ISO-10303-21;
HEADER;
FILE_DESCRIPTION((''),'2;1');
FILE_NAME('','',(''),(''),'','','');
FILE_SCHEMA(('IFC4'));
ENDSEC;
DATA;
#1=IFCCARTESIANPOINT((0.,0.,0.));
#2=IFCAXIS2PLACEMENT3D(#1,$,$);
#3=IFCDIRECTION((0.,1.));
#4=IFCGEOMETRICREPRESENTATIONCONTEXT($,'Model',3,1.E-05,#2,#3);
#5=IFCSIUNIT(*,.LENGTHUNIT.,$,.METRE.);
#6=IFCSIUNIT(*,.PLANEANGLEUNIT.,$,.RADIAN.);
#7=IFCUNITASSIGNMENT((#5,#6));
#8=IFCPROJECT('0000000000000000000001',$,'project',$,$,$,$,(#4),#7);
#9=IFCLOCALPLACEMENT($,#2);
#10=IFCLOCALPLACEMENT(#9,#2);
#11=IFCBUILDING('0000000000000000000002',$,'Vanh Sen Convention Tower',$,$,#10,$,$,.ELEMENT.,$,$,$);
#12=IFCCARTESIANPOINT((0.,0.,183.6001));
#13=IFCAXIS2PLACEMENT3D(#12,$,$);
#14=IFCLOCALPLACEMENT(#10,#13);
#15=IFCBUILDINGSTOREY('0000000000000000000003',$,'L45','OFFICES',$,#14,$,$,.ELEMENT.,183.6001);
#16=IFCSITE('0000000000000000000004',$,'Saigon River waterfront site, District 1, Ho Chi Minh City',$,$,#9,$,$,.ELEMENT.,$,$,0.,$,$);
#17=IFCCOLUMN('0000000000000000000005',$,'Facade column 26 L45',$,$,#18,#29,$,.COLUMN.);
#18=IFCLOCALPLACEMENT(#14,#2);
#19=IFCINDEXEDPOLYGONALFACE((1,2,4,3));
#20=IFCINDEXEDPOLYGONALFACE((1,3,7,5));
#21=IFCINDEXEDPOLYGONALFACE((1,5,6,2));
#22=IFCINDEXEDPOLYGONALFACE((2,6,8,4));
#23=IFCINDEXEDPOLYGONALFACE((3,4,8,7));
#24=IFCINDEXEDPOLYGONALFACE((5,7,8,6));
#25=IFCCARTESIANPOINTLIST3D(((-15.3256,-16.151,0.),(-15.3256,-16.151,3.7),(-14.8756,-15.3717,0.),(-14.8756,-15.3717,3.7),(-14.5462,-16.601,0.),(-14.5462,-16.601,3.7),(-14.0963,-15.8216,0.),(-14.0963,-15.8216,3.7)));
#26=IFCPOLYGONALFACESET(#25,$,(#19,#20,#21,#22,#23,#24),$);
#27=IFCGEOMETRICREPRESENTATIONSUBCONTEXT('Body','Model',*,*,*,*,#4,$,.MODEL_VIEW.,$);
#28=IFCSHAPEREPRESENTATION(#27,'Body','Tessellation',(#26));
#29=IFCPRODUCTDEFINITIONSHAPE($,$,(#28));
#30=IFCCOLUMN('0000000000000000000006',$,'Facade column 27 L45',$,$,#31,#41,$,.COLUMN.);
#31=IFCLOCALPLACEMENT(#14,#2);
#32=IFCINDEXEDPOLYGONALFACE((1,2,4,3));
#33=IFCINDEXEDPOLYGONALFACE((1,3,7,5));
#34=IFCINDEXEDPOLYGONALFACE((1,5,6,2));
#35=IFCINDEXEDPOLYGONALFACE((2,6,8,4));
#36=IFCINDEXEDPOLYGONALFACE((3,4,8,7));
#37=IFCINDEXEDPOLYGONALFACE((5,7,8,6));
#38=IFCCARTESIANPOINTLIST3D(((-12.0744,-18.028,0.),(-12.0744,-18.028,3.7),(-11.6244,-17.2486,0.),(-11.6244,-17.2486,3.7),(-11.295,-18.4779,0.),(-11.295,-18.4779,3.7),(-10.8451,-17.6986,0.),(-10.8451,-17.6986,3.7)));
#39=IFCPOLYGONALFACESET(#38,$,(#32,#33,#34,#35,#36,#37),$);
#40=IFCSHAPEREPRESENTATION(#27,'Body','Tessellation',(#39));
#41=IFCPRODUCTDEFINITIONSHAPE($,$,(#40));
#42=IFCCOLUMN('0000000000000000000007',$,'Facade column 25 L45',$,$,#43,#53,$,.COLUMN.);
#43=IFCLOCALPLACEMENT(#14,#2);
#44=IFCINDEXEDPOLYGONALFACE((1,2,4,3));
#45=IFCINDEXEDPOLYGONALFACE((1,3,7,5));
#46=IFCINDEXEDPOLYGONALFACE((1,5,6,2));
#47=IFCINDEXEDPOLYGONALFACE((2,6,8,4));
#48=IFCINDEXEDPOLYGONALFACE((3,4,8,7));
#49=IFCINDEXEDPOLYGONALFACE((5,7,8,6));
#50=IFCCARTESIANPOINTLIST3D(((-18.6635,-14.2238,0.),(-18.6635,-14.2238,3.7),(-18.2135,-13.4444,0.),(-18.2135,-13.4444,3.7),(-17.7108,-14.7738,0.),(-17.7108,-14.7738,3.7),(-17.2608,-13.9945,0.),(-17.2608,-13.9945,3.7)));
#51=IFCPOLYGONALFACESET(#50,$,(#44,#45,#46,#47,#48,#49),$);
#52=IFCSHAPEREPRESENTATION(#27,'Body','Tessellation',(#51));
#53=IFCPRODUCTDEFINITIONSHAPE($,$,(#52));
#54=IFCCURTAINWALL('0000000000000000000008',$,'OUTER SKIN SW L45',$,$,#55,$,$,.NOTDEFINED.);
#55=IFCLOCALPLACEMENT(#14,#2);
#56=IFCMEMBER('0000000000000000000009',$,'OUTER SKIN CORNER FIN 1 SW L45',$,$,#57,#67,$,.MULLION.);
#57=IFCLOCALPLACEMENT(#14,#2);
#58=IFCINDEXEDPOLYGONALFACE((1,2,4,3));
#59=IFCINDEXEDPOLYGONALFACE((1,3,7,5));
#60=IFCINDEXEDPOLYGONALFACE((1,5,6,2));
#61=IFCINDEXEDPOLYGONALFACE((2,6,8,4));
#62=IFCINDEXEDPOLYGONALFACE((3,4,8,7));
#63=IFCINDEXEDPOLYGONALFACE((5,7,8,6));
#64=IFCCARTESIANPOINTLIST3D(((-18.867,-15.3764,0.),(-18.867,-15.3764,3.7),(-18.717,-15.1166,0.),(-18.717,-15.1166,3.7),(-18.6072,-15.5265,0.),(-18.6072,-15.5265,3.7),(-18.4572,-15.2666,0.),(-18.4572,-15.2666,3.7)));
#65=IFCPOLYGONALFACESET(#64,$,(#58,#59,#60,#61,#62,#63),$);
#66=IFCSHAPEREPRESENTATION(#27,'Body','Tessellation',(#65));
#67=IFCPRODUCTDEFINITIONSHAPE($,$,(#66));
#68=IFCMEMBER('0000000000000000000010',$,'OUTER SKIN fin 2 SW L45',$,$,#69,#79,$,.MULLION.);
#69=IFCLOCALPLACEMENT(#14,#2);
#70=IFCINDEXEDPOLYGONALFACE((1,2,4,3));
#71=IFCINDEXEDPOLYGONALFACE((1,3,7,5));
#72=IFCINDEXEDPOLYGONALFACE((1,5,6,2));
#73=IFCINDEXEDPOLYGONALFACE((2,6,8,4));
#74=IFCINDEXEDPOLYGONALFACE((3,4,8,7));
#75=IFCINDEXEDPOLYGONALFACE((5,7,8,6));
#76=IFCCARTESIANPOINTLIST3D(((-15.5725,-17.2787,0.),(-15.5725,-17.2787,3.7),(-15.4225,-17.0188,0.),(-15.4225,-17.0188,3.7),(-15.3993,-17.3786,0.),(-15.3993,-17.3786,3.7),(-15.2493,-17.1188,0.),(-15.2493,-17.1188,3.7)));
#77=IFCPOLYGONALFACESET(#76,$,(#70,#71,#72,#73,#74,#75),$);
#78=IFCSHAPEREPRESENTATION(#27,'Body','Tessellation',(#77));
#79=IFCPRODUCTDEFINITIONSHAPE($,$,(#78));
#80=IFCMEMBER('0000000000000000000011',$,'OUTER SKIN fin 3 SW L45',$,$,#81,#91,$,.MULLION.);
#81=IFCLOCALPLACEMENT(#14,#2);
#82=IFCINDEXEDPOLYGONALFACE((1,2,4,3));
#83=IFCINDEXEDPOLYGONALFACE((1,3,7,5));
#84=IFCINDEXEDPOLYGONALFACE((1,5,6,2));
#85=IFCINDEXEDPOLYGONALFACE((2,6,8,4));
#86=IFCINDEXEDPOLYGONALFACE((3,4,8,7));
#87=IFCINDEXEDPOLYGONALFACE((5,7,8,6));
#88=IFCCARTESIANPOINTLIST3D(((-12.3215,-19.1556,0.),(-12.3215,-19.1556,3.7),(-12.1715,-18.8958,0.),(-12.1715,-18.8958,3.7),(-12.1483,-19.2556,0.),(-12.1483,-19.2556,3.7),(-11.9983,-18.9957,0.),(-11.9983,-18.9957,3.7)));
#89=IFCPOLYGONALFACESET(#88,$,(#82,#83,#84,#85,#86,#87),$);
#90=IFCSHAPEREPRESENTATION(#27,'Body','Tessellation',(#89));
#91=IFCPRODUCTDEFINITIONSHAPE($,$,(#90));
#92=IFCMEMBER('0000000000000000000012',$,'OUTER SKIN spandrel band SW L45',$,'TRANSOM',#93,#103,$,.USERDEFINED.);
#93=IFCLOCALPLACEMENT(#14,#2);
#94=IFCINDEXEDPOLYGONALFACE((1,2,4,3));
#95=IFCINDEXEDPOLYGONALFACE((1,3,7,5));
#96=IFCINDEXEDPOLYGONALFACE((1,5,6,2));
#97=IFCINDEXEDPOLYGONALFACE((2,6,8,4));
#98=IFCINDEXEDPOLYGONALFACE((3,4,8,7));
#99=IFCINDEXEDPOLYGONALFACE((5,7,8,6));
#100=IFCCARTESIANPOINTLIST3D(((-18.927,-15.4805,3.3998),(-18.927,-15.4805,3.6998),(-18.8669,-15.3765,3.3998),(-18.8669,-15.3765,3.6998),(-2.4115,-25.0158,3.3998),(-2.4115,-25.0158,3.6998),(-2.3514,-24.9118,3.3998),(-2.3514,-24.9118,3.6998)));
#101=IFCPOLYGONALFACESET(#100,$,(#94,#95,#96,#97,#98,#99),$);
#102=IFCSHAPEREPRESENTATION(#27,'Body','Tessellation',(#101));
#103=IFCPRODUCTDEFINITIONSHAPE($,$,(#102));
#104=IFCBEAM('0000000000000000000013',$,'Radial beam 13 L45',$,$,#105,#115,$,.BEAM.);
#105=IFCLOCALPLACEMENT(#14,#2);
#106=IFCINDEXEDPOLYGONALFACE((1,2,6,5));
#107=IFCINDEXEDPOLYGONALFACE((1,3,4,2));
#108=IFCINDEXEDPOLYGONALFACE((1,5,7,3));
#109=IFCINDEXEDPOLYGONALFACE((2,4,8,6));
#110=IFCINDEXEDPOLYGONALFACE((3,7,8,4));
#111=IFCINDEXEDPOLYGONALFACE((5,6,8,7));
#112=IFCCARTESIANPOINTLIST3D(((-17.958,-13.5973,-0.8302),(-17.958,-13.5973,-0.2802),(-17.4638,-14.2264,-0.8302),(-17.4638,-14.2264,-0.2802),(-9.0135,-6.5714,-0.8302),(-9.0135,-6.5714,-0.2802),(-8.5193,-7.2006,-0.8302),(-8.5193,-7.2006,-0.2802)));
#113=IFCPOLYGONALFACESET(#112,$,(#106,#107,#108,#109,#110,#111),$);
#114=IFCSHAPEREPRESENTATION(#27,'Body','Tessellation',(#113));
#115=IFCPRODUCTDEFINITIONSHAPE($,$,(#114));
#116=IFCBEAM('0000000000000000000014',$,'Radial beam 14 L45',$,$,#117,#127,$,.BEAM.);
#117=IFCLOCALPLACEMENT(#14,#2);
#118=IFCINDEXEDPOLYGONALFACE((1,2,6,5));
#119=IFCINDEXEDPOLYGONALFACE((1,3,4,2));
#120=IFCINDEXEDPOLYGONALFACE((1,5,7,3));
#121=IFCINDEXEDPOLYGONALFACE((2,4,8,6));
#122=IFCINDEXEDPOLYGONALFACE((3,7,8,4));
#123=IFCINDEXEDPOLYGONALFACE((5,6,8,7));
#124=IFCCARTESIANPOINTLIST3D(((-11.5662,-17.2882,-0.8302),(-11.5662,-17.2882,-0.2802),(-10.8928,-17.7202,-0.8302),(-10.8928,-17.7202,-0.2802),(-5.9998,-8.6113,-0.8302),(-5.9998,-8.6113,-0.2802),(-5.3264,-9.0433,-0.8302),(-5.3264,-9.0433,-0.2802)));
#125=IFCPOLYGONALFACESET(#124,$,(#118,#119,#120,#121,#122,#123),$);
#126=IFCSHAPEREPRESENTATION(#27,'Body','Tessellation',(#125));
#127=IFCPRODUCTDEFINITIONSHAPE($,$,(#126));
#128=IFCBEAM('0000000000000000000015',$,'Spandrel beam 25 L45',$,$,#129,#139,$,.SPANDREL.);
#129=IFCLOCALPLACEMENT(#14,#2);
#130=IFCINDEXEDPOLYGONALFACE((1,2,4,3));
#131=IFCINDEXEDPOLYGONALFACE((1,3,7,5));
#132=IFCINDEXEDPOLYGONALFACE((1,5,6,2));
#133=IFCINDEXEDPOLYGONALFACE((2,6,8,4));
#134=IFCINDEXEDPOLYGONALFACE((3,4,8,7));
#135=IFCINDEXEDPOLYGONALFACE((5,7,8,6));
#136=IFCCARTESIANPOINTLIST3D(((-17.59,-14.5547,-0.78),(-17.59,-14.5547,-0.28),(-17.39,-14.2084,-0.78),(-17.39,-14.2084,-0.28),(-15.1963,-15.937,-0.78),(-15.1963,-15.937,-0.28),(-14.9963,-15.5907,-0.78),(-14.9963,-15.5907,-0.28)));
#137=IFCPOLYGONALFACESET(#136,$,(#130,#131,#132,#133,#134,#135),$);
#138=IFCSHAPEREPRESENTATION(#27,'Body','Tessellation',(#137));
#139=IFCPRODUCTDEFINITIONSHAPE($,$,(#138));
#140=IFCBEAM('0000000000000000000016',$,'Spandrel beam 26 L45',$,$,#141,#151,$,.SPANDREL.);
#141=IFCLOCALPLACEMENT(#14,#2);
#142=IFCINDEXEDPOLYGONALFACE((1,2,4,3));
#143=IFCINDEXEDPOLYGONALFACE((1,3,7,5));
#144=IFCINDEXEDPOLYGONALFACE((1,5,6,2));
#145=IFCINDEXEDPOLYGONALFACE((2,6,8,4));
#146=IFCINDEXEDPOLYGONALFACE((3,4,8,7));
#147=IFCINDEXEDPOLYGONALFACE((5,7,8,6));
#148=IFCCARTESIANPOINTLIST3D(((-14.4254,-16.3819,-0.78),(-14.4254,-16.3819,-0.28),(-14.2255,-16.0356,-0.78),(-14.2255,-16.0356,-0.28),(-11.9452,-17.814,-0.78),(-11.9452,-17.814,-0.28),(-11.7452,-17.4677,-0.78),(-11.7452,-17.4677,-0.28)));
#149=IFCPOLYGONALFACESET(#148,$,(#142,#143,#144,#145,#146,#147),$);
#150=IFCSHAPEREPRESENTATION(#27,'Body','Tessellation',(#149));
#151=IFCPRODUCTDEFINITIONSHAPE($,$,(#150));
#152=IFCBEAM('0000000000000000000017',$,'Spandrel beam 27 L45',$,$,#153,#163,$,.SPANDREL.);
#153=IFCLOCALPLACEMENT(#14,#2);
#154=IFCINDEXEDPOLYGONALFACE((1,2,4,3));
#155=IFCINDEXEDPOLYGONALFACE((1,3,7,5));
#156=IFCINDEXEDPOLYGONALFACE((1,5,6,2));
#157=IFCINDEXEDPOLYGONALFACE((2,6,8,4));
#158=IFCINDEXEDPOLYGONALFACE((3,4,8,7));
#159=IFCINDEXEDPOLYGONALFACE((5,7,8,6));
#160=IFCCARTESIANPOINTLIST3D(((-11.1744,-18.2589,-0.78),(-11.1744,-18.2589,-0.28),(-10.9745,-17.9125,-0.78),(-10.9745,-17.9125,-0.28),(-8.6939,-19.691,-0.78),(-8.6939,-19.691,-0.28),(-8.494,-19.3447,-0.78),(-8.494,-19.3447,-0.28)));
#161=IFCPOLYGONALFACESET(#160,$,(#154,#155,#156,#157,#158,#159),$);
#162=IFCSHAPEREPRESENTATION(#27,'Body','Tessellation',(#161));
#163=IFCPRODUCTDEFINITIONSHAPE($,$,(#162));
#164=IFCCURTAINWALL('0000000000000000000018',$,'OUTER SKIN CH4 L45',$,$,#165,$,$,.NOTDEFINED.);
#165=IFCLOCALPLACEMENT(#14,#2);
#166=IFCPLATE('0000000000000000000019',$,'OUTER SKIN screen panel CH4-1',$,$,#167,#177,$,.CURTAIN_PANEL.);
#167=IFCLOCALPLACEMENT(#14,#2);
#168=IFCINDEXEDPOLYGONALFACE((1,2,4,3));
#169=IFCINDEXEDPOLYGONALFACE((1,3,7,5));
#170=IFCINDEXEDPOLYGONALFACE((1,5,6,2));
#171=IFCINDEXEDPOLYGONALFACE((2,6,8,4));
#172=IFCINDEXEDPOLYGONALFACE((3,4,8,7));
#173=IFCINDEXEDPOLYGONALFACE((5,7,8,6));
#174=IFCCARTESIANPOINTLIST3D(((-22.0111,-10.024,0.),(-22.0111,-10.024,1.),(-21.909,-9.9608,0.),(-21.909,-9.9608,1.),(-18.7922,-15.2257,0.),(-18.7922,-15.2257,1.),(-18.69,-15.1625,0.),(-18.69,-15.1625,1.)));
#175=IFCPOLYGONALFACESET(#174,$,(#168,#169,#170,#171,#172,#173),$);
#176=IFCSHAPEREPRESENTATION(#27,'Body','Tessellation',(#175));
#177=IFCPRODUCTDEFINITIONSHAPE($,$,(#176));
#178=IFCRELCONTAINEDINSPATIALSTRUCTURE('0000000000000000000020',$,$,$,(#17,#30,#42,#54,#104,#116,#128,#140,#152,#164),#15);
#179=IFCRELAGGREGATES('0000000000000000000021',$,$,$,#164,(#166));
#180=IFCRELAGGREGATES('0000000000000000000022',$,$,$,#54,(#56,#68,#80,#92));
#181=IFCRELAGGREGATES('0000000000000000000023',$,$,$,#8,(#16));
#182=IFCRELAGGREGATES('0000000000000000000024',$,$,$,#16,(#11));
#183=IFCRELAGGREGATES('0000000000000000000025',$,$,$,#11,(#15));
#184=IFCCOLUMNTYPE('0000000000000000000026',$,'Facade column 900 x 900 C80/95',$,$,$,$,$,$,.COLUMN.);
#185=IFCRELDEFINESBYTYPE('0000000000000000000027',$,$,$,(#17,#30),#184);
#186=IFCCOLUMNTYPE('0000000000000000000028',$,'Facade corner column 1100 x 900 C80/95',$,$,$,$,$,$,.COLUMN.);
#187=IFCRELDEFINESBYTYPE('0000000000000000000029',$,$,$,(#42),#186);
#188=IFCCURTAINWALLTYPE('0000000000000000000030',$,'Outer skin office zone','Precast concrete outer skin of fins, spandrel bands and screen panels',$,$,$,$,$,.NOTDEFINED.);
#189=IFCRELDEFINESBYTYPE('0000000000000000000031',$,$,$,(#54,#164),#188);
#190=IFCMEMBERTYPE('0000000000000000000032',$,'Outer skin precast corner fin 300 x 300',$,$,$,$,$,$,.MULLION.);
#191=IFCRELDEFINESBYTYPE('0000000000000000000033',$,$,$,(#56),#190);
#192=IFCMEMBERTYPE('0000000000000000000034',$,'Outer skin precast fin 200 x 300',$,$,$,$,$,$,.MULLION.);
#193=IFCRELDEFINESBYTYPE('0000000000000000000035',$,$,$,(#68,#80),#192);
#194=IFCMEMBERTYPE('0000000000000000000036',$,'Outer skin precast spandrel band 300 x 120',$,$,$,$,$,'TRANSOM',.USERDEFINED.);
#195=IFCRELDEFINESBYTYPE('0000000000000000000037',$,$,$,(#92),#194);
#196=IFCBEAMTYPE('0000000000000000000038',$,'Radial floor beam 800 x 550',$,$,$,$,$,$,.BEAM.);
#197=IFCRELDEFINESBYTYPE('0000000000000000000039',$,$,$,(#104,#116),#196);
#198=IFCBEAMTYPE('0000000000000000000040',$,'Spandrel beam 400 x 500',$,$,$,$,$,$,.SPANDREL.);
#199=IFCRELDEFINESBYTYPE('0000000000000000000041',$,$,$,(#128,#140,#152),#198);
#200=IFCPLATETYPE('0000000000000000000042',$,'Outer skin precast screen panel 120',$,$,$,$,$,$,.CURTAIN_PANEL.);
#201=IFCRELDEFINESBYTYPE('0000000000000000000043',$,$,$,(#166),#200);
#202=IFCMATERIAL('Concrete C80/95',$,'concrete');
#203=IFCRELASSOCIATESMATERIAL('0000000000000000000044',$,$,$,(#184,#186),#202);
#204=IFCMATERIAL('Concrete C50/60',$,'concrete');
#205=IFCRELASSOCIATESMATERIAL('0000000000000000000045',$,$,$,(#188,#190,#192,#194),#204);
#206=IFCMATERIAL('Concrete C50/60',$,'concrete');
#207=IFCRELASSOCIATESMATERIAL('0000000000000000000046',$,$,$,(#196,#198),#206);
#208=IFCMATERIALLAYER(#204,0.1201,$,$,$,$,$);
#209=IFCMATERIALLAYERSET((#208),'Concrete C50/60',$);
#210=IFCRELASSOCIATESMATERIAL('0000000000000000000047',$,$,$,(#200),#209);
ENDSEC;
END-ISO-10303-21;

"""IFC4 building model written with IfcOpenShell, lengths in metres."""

from ifc_helpers import new_model, si_unit, direction, frame, origin, origin_2d, place, context, subcontext, project, spatial, rectangle, extrude, material, layer, layer_set, material_profile, profile_set, type_object, element, aggregate, save


model = new_model("IFC4")

# Units and contexts
model_context = context("Model", 3, precision=1e-05, world=origin(), true_north=direction((0.0, 1.0)))
body_context = subcontext(model_context, "Body", "Model", "MODEL_VIEW")
ifc_project = project(units=[si_unit("LENGTHUNIT", "METRE"), si_unit("PLANEANGLEUNIT", "RADIAN")], contexts=[model_context])

# Site, building, storey
site_placement = place(None, origin())
site = spatial("IfcSite", under=ifc_project, at=site_placement, Name="Saigon River waterfront site, District 1, Ho Chi Minh City", CompositionType="ELEMENT", RefElevation=0.0)
building_placement = place(site_placement, origin())
building = spatial("IfcBuilding", under=site, at=building_placement, Name="Vanh Sen Convention Tower", CompositionType="ELEMENT")
storey_placement = place(building_placement, frame((0.0, 0.0, 183.6001)))
storey = spatial("IfcBuildingStorey", under=building, at=storey_placement, Name="L45", Description="OFFICES", CompositionType="ELEMENT", Elevation=183.6001)

# Columns
ifc_material_1 = material(Name="Concrete C80/95", Category="concrete")
ifc_material_profile_1 = material_profile(ifc_material_1, rectangle(XDim=0.8999, YDim=0.8999, at=origin_2d()), Name="RC 900X900")
ifc_profile_set_1 = profile_set([ifc_material_profile_1], Name="Concrete C80/95")
column_type_1 = type_object("IfcColumnType", Name="Facade column 900 x 900 C80/95", PredefinedType="COLUMN", material=ifc_profile_set_1)
for number, where, z_axis, x_axis, name in (
    (1, (-14.7109, -15.9863, 0.0), (0.0, 0.0, 1.0), (0.866025, -0.5, 0.0), "Facade column 26 L45"),
    (2, (-11.4597, -17.8633, 0.0), (0.0, 0.0, 1.0), (0.866025, -0.5, 0.0), "Facade column 27 L45"),
):
    element("IfcColumn", number, at=place(storey_placement, frame(where, z_axis=z_axis, x_axis=x_axis)), inside=storey, type_object=column_type_1, Name=name, PredefinedType="COLUMN", context=body_context, shape_type="SweptSolid", body=[
        extrude(rectangle(XDim=0.8999, YDim=0.8999, at=origin_2d()), origin(), (0.0, 0.0, 1.0), 3.7),
    ])
ifc_material_profile_2 = material_profile(ifc_material_1, rectangle(XDim=1.1001, YDim=0.8999, at=origin_2d()), Name="RC 1100X900")
ifc_profile_set_2 = profile_set([ifc_material_profile_2], Name="Concrete C80/95")
column_type_2 = type_object("IfcColumnType", Name="Facade corner column 1100 x 900 C80/95", PredefinedType="COLUMN", material=ifc_profile_set_2)
column_placement = place(storey_placement, frame((-17.9622, -14.1091, 0.0), z_axis=(0.0, 0.0, 1.0), x_axis=(0.866025, -0.5, 0.0)))
element("IfcColumn", 3, at=column_placement, inside=storey, type_object=column_type_2, Name="Facade column 25 L45", PredefinedType="COLUMN", context=body_context, shape_type="SweptSolid", body=[
    extrude(rectangle(XDim=1.1001, YDim=0.8999, at=origin_2d()), origin(), (0.0, 0.0, 1.0), 3.7),
])

# Curtain wall, members
ifc_material_2 = material(Name="Concrete C50/60", Category="concrete")
curtain_wall_type = type_object("IfcCurtainWallType", Name="Outer skin office zone", Description="Precast concrete outer skin of fins, spandrel bands and screen panels", PredefinedType="NOTDEFINED", material=ifc_material_2)
curtain_wall_1_placement = place(storey_placement, origin())
curtain_wall_1 = element("IfcCurtainWall", 4, at=curtain_wall_1_placement, inside=storey, type_object=curtain_wall_type, Name="OUTER SKIN SW L45", PredefinedType="NOTDEFINED")
ifc_material_profile_3 = material_profile(ifc_material_2, rectangle(XDim=0.3, YDim=0.3, at=origin_2d()), Name="Outer skin precast corner fin 300 x 300")
ifc_profile_set_3 = profile_set([ifc_material_profile_3], Name="Concrete C50/60")
member_type_1 = type_object("IfcMemberType", Name="Outer skin precast corner fin 300 x 300", PredefinedType="MULLION", material=ifc_profile_set_3)
member_1_placement = place(storey_placement, frame((-18.6621, -15.3215, 0.0), z_axis=(0.0, 0.0, 1.0), x_axis=(0.866025, -0.5, 0.0)))
member_1 = element("IfcMember", 5, at=member_1_placement, type_object=member_type_1, Name="OUTER SKIN CORNER FIN 1 SW L45", PredefinedType="MULLION", context=body_context, shape_type="SweptSolid", body=[
    extrude(rectangle(XDim=0.3, YDim=0.3, at=origin_2d()), origin(), (0.0, 0.0, 1.0), 3.7),
])
ifc_material_profile_4 = material_profile(ifc_material_2, rectangle(XDim=0.2, YDim=0.3, at=origin_2d()), Name="Outer skin precast fin 200 x 300")
ifc_profile_set_4 = profile_set([ifc_material_profile_4], Name="Concrete C50/60")
member_type_2 = type_object("IfcMemberType", Name="Outer skin precast fin 200 x 300", PredefinedType="MULLION", material=ifc_profile_set_4)
member_2_placement = place(storey_placement, frame((-15.4109, -17.1987, 0.0), z_axis=(0.0, 0.0, 1.0), x_axis=(0.866025, -0.5, 0.0)))
member_2 = element("IfcMember", 6, at=member_2_placement, type_object=member_type_2, Name="OUTER SKIN fin 2 SW L45", PredefinedType="MULLION", context=body_context, shape_type="SweptSolid", body=[
    extrude(rectangle(XDim=0.2, YDim=0.3, at=origin_2d()), origin(), (0.0, 0.0, 1.0), 3.7),
])
member_3_placement = place(storey_placement, frame((-12.1599, -19.0757, 0.0), z_axis=(0.0, 0.0, 1.0), x_axis=(0.866025, -0.5, 0.0)))
member_3 = element("IfcMember", 7, at=member_3_placement, type_object=member_type_2, Name="OUTER SKIN fin 3 SW L45", PredefinedType="MULLION", context=body_context, shape_type="SweptSolid", body=[
    extrude(rectangle(XDim=0.2, YDim=0.3, at=origin_2d()), origin(), (0.0, 0.0, 1.0), 3.7),
])
ifc_material_profile_5 = material_profile(ifc_material_2, rectangle(XDim=0.1201, YDim=0.3, at=origin_2d()), Name="Outer skin precast spandrel band 300 x 120")
ifc_profile_set_5 = profile_set([ifc_material_profile_5], Name="Concrete C50/60")
member_type_3 = type_object("IfcMemberType", Name="Outer skin precast spandrel band 300 x 120", ElementType="TRANSOM", PredefinedType="USERDEFINED", material=ifc_profile_set_5)
member_4_placement = place(storey_placement, frame((-18.897, -15.4285, 3.5498), z_axis=(0.866023, -0.500004, 0.0), x_axis=(0.500004, 0.866023, 0.0)))
member_4 = element("IfcMember", 8, at=member_4_placement, type_object=member_type_3, Name="OUTER SKIN spandrel band SW L45", ObjectType="TRANSOM", PredefinedType="USERDEFINED", context=body_context, shape_type="SweptSolid", body=[
    extrude(rectangle(XDim=0.1201, YDim=0.3, at=origin_2d()), origin(), (0.0, 0.0, 1.0), 19.0706),
])

# Beams
ifc_material_3 = material(Name="Concrete C50/60", Category="concrete")
ifc_material_profile_6 = material_profile(ifc_material_3, rectangle(XDim=0.8, YDim=0.55, at=origin_2d()), Name="RC 800X550")
ifc_profile_set_6 = profile_set([ifc_material_profile_6], Name="Concrete C50/60")
beam_type_1 = type_object("IfcBeamType", Name="Radial floor beam 800 x 550", PredefinedType="BEAM", material=ifc_profile_set_6)
beam_1_placement = place(storey_placement, frame((-17.7109, -13.9119, -0.5552), z_axis=(0.786404, 0.617713, 0.0), x_axis=(-0.617713, 0.786404, 0.0)))
element("IfcBeam", 9, at=beam_1_placement, inside=storey, type_object=beam_type_1, Name="Radial beam 13 L45", PredefinedType="BEAM", context=body_context, shape_type="SweptSolid", body=[
    extrude(rectangle(XDim=0.8, YDim=0.55, at=origin_2d()), origin(), (0.0, 0.0, 1.0), 11.374),
])
beam_2_placement = place(storey_placement, frame((-11.2295, -17.5042, -0.5552), z_axis=(0.539967, 0.841686, 0.0), x_axis=(-0.841686, 0.539967, 0.0)))
element("IfcBeam", 10, at=beam_2_placement, inside=storey, type_object=beam_type_1, Name="Radial beam 14 L45", PredefinedType="BEAM", context=body_context, shape_type="SweptSolid", body=[
    extrude(rectangle(XDim=0.8, YDim=0.55, at=origin_2d()), origin(), (0.0, 0.0, 1.0), 10.3088),
])
ifc_material_profile_7 = material_profile(ifc_material_3, rectangle(XDim=0.3999, YDim=0.5, at=origin_2d()), Name="RC 400X500")
ifc_profile_set_7 = profile_set([ifc_material_profile_7], Name="Concrete C50/60")
beam_type_2 = type_object("IfcBeamType", Name="Spandrel beam 400 x 500", PredefinedType="SPANDREL", material=ifc_profile_set_7)
beam_3_placement = place(storey_placement, frame((-17.49, -14.3816, -0.53), z_axis=(0.865984, -0.500072, 0.0), x_axis=(0.500072, 0.865984, 0.0)))
element("IfcBeam", 11, at=beam_3_placement, inside=storey, type_object=beam_type_2, Name="Spandrel beam 25 L45", PredefinedType="SPANDREL", context=body_context, shape_type="SweptSolid", body=[
    extrude(rectangle(XDim=0.3999, YDim=0.5, at=origin_2d()), origin(), (0.0, 0.0, 1.0), 2.7642),
])
beam_4_placement = place(storey_placement, frame((-14.3254, -16.2087, -0.53), z_axis=(0.866, -0.500045, 0.0), x_axis=(0.500045, 0.866, 0.0)))
element("IfcBeam", 12, at=beam_4_placement, inside=storey, type_object=beam_type_2, Name="Spandrel beam 26 L45", PredefinedType="SPANDREL", context=body_context, shape_type="SweptSolid", body=[
    extrude(rectangle(XDim=0.3999, YDim=0.5, at=origin_2d()), origin(), (0.0, 0.0, 1.0), 2.864),
])
beam_5_placement = place(storey_placement, frame((-11.0745, -18.0857, -0.53), z_axis=(0.866021, -0.500008, 0.0), x_axis=(0.500008, 0.866021, 0.0)))
element("IfcBeam", 13, at=beam_5_placement, inside=storey, type_object=beam_type_2, Name="Spandrel beam 27 L45", PredefinedType="SPANDREL", context=body_context, shape_type="SweptSolid", body=[
    extrude(rectangle(XDim=0.3999, YDim=0.5, at=origin_2d()), origin(), (0.0, 0.0, 1.0), 2.8643),
])

# Curtain wall, plate
curtain_wall_2_placement = place(storey_placement, origin())
curtain_wall_2 = element("IfcCurtainWall", 14, at=curtain_wall_2_placement, inside=storey, type_object=curtain_wall_type, Name="OUTER SKIN CH4 L45", PredefinedType="NOTDEFINED")
ifc_layer_1 = layer(ifc_material_2, 0.1201)
ifc_layer_set_1 = layer_set([ifc_layer_1], Name="Concrete C50/60")
plate_type = type_object("IfcPlateType", Name="Outer skin precast screen panel 120", PredefinedType="CURTAIN_PANEL", material=ifc_layer_set_1)
plate_1_placement = place(storey_placement, frame((-20.3506, -12.5933, 0.0), z_axis=(0.0, 0.0, 1.0), x_axis=(0.526218, -0.850349, 0.0)))
plate_1 = element("IfcPlate", 15, at=plate_1_placement, type_object=plate_type, Name="OUTER SKIN screen panel CH4-1", PredefinedType="CURTAIN_PANEL", context=body_context, shape_type="SweptSolid", body=[
    extrude(rectangle(XDim=6.1172, YDim=0.1201, at=origin_2d()), origin(), (0.0, 0.0, 1.0), 1.0),
])
aggregate(curtain_wall_2, [plate_1])

aggregate(curtain_wall_1, [member_1, member_2, member_3, member_4])

save(model, "model.ifc")
